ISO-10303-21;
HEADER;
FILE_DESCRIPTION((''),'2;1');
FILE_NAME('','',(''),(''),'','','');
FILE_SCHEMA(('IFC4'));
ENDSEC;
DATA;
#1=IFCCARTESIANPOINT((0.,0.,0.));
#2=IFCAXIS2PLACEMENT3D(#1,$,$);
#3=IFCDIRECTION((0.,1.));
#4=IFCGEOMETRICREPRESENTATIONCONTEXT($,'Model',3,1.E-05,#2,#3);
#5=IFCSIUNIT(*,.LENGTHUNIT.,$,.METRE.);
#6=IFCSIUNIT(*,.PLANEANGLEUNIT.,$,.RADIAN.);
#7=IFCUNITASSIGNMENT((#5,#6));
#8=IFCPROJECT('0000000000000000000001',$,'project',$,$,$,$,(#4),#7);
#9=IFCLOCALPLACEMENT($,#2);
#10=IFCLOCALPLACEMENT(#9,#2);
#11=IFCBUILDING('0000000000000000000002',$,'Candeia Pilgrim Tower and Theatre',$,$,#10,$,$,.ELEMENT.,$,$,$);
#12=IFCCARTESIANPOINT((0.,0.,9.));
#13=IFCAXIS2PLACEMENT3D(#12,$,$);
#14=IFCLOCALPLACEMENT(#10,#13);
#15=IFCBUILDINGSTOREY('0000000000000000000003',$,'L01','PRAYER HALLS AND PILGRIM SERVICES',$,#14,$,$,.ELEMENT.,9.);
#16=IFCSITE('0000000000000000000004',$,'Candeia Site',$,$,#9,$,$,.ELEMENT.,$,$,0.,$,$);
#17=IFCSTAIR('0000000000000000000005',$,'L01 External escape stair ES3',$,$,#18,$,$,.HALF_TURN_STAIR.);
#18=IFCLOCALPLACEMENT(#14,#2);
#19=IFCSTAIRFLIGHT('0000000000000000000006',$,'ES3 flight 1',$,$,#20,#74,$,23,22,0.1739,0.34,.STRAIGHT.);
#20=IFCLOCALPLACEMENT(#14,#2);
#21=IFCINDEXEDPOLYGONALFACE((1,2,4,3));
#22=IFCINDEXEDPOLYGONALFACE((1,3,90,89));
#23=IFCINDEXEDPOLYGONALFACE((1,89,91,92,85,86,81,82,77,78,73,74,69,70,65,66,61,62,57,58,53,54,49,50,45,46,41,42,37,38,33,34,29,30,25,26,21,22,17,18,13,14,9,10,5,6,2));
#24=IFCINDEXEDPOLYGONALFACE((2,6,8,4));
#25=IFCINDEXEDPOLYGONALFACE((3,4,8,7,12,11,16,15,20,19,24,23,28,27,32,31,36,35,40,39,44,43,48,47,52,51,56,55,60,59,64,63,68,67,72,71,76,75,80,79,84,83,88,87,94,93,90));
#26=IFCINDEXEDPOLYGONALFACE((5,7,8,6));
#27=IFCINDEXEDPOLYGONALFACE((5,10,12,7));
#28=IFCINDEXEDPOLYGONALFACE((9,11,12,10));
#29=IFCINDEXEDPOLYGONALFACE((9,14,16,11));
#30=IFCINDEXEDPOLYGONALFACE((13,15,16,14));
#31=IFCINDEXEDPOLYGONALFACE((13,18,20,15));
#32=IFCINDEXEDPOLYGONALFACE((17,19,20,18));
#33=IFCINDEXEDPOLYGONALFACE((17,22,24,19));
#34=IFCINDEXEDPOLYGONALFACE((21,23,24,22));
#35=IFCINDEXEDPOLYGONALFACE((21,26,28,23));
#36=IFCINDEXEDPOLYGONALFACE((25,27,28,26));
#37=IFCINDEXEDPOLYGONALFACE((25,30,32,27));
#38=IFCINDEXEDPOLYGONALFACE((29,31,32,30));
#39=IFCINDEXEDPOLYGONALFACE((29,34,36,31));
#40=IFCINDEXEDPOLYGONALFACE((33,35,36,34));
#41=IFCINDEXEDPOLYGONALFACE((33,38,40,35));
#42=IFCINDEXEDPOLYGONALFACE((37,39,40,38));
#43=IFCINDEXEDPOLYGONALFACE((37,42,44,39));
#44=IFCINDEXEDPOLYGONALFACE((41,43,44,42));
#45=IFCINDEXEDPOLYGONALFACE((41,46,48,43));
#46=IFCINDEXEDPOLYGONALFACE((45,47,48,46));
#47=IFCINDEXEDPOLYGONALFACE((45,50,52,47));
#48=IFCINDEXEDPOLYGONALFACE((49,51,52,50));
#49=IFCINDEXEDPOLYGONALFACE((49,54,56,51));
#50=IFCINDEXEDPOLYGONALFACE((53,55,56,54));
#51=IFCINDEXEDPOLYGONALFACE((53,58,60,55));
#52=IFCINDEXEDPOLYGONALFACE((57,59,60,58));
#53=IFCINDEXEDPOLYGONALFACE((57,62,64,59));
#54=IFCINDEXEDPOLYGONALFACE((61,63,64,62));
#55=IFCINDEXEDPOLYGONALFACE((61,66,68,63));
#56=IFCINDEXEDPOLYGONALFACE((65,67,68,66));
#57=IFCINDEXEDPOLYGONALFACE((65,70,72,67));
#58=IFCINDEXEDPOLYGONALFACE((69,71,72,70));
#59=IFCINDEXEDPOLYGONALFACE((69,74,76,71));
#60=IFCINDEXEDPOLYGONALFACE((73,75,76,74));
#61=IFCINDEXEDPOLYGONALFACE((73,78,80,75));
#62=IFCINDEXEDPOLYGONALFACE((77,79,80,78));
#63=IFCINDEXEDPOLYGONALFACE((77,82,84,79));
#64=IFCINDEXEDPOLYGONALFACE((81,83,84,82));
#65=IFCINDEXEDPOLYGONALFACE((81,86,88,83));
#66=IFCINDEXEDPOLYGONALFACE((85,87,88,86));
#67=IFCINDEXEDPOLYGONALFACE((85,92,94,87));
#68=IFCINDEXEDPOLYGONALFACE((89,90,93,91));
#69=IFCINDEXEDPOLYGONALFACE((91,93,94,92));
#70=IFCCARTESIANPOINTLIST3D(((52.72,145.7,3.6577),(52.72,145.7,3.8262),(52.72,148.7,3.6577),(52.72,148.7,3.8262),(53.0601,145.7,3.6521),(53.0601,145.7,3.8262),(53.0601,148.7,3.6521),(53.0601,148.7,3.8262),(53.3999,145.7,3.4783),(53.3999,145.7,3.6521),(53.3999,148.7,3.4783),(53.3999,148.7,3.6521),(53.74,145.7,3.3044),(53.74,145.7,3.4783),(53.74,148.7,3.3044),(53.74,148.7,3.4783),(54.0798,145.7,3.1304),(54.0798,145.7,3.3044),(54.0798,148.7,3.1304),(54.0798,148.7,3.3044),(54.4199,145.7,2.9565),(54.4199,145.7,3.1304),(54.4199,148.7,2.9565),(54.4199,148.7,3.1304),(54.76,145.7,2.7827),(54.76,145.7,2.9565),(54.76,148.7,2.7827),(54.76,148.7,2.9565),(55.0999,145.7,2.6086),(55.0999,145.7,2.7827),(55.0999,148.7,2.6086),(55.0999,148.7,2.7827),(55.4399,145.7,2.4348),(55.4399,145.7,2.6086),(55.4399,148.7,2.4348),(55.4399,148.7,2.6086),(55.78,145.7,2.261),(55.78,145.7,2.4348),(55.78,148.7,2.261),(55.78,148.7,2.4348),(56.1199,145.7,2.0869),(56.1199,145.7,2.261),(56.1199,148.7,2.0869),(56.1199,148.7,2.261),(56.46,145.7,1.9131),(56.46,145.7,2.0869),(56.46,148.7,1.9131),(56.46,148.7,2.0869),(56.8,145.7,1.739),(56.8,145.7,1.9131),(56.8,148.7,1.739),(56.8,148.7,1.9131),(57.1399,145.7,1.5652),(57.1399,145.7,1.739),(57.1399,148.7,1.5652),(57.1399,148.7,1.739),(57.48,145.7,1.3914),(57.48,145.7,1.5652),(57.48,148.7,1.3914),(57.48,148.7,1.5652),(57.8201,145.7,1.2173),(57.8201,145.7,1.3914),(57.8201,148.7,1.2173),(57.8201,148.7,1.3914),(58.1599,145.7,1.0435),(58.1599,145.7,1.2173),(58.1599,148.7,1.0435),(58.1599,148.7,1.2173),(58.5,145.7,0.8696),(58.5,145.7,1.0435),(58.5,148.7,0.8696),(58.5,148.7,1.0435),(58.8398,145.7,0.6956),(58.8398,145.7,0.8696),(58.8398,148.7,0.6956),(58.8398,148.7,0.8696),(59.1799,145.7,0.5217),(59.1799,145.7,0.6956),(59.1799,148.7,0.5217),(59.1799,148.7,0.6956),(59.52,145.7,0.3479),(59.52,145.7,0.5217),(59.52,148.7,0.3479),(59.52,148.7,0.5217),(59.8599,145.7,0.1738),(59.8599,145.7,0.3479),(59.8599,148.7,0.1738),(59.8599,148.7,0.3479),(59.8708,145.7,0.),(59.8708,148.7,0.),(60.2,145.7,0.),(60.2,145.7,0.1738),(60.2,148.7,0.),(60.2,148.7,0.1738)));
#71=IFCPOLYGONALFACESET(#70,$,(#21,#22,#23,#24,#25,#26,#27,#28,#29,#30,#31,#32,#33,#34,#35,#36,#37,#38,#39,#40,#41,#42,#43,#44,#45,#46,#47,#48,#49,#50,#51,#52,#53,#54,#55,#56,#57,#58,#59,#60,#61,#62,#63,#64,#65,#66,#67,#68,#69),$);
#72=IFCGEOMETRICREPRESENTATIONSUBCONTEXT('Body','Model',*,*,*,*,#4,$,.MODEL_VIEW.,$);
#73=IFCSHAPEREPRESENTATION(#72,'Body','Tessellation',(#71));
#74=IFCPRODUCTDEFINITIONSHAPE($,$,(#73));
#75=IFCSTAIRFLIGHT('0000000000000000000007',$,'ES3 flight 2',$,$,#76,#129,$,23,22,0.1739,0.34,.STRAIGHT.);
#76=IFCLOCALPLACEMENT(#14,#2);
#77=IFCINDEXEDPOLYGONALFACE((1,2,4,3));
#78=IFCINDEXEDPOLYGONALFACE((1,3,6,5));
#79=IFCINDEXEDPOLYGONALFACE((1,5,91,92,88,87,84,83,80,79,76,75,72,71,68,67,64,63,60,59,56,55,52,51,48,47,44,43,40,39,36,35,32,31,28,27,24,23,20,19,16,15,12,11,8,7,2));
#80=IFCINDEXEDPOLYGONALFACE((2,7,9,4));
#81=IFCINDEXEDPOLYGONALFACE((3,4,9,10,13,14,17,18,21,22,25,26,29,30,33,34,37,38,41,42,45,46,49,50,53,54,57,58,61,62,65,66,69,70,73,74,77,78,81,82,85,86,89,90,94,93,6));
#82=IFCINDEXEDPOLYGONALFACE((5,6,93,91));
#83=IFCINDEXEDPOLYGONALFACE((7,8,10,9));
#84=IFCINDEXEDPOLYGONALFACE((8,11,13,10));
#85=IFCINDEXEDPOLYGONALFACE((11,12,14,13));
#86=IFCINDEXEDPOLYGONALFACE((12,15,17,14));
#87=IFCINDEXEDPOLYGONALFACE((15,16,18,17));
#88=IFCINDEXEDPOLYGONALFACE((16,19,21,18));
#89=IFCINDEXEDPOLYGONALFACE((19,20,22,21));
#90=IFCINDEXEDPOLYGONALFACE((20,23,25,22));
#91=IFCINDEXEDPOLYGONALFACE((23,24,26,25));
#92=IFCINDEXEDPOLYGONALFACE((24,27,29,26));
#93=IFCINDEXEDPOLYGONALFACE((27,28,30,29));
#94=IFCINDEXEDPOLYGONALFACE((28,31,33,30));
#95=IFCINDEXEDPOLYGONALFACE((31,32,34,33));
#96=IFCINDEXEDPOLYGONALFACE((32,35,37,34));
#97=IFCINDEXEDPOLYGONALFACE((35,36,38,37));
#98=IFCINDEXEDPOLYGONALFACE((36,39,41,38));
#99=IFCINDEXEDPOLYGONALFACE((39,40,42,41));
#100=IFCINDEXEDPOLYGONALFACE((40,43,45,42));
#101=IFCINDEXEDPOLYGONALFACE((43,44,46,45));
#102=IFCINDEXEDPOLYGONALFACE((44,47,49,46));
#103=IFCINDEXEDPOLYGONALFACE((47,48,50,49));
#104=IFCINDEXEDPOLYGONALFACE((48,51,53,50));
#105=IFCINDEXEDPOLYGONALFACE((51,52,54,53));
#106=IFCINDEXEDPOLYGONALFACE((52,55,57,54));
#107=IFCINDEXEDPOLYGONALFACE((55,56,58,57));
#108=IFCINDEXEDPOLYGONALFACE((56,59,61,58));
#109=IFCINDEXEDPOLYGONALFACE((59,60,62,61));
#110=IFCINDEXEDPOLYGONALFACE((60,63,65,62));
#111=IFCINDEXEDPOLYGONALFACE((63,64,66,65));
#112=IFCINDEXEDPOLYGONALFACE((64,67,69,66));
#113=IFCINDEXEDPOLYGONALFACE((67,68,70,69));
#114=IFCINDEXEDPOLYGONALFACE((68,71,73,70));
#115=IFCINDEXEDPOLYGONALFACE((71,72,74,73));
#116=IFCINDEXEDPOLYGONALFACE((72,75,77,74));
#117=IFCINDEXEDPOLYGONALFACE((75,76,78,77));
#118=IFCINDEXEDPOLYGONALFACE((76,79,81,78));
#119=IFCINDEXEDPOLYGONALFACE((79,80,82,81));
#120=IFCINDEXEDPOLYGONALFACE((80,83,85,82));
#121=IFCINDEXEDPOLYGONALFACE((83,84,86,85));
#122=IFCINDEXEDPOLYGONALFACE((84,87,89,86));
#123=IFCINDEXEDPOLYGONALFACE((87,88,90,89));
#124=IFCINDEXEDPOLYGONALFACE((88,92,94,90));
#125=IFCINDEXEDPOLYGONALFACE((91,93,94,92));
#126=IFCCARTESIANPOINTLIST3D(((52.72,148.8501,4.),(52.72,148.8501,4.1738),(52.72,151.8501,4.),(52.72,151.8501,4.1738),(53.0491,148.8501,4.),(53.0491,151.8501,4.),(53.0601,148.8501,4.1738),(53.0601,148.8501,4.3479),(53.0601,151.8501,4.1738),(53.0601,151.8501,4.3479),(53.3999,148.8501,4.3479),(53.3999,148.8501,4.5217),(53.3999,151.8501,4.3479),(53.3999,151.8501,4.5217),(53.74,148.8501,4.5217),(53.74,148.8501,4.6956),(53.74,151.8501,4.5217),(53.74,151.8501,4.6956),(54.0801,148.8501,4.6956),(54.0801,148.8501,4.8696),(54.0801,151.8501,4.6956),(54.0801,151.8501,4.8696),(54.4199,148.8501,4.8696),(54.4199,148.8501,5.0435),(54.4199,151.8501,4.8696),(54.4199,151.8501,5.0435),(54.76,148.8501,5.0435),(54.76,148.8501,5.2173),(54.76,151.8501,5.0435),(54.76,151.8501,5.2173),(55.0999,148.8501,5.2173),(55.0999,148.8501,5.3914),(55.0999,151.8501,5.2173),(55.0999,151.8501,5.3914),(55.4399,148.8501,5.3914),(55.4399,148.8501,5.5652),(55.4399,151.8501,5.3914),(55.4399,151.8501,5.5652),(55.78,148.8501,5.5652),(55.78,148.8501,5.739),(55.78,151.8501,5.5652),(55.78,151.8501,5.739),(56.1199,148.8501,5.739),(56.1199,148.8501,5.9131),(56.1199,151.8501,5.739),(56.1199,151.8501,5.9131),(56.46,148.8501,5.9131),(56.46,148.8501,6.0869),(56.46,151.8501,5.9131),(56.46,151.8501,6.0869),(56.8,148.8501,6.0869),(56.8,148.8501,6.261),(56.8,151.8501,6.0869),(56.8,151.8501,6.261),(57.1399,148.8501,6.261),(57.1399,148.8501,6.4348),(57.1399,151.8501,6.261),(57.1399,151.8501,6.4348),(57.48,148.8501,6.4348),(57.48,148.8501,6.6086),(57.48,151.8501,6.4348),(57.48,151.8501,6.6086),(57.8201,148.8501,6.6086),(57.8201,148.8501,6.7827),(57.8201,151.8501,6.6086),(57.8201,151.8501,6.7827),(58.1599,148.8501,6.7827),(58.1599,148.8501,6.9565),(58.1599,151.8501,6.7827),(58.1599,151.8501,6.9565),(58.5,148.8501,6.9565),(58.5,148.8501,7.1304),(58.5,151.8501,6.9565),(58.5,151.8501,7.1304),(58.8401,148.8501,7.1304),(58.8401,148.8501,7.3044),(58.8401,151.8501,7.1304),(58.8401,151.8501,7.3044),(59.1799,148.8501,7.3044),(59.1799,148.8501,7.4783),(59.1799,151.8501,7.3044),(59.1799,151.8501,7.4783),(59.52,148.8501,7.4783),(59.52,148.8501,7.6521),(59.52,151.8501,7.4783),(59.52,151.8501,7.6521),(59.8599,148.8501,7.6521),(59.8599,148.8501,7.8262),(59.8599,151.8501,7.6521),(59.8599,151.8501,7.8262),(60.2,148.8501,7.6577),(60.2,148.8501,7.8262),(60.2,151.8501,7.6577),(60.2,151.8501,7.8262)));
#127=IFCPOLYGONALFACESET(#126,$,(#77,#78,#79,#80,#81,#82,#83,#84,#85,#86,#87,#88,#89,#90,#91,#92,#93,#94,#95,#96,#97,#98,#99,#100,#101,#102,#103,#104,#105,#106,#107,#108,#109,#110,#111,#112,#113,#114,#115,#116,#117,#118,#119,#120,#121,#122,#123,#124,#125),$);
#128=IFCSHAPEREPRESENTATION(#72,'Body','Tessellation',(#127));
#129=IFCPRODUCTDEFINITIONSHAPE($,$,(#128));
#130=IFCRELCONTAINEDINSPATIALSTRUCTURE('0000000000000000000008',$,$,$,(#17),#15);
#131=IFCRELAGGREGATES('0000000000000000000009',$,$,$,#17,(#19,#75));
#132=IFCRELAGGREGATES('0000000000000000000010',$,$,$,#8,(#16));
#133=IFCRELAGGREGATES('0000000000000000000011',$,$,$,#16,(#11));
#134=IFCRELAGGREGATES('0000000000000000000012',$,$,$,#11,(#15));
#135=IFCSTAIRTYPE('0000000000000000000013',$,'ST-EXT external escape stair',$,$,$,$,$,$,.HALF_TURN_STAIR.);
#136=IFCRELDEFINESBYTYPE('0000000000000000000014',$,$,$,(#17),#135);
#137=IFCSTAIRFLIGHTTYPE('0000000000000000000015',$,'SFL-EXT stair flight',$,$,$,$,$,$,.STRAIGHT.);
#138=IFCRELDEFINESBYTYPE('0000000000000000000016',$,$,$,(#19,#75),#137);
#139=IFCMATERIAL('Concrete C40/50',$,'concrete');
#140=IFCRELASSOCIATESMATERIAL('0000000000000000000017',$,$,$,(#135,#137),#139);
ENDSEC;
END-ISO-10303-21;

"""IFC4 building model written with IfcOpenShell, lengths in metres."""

from ifc_helpers import new_model, si_unit, direction, frame, origin, place, context, subcontext, project, spatial, polyline, outline, extrude, material, type_object, element, aggregate, save


model = new_model("IFC4")

# Units and contexts
model_context = context("Model", 3, precision=1e-05, world=origin(), true_north=direction((0.0, 1.0)))
body_context = subcontext(model_context, "Body", "Model", "MODEL_VIEW")
ifc_project = project(units=[si_unit("LENGTHUNIT", "METRE"), si_unit("PLANEANGLEUNIT", "RADIAN")], contexts=[model_context])

# Site, building, storey
site_placement = place(None, origin())
site = spatial("IfcSite", under=ifc_project, at=site_placement, Name="Candeia Site", CompositionType="ELEMENT", RefElevation=0.0)
building_placement = place(site_placement, origin())
building = spatial("IfcBuilding", under=site, at=building_placement, Name="Candeia Pilgrim Tower and Theatre", CompositionType="ELEMENT")
storey_placement = place(building_placement, frame((0.0, 0.0, 9.0)))
storey = spatial("IfcBuildingStorey", under=building, at=storey_placement, Name="L01", Description="PRAYER HALLS AND PILGRIM SERVICES", CompositionType="ELEMENT", Elevation=9.0)

# Shared definitions
ifc_material_1 = material(Name="Concrete C40/50", Category="concrete")

# Stair, stair flights
stair_type = type_object("IfcStairType", Name="ST-EXT external escape stair", PredefinedType="HALF_TURN_STAIR", material=ifc_material_1)
stair_placement = place(storey_placement, origin())
stair = element("IfcStair", 1, at=stair_placement, inside=storey, type_object=stair_type, Name="L01 External escape stair ES3", PredefinedType="HALF_TURN_STAIR")
stair_flight_type = type_object("IfcStairFlightType", Name="SFL-EXT stair flight", PredefinedType="STRAIGHT", material=ifc_material_1)
stair_flight_1_placement = place(storey_placement, frame((60.2, 147.2, 0.0), z_axis=(0.0, 0.0, 1.0), x_axis=(-1.0, 0.0, 0.0)))
stair_flight_1 = element("IfcStairFlight", 2, at=stair_flight_1_placement, type_object=stair_flight_type, Name="ES3 flight 1", NumberOfRisers=23, NumberOfTreads=22, PredefinedType="STRAIGHT", RiserHeight=0.1739, TreadLength=0.34, context=body_context, shape_type="SweptSolid", body=[
    extrude(outline(polyline([(0.0, 0.0), (0.0, 0.1738), (0.3401, 0.1738), (0.3401, 0.3479), (0.6799, 0.3479), (0.6799, 0.5217), (1.02, 0.5217), (1.02, 0.6956), (1.3601, 0.6956), (1.3601, 0.8696), (1.7, 0.8696), (1.7, 1.0435), (2.04, 1.0435), (2.04, 1.2173), (2.3799, 1.2173), (2.3799, 1.3914), (2.72, 1.3914), (2.72, 1.5652), (3.0601, 1.5652), (3.0601, 1.739), (3.3999, 1.739), (3.3999, 1.9131), (3.74, 1.9131), (3.74, 2.0869), (4.0801, 2.0869), (4.0801, 2.261), (4.4199, 2.261), (4.4199, 2.4348), (4.76, 2.4348), (4.76, 2.6086), (5.1001, 2.6086), (5.1001, 2.7827), (5.4399, 2.7827), (5.4399, 2.9565), (5.78, 2.9565), (5.78, 3.1304), (6.1201, 3.1304), (6.1201, 3.3044), (6.46, 3.3044), (6.46, 3.4783), (6.8, 3.4783), (6.8, 3.6521), (7.1399, 3.6521), (7.1399, 3.8262), (7.48, 3.8262), (7.48, 4.0), (7.48, 3.6577), (0.3291, 0.0), (0.0, 0.0)])), frame((0.0, 1.5, 0.0), z_axis=(0.0, -1.0, 0.0), x_axis=(1.0, 0.0, 0.0)), (0.0, 0.0, 1.0), 3.0),
])
stair_flight_2_placement = place(storey_placement, frame((52.72, 150.3501, 4.0), z_axis=(0.0, 0.0, 1.0), x_axis=(1.0, 0.0, 0.0)))
stair_flight_2 = element("IfcStairFlight", 3, at=stair_flight_2_placement, type_object=stair_flight_type, Name="ES3 flight 2", NumberOfRisers=23, NumberOfTreads=22, PredefinedType="STRAIGHT", RiserHeight=0.1739, TreadLength=0.34, context=body_context, shape_type="SweptSolid", body=[
    extrude(outline(polyline([(0.0, 0.0), (0.0, 0.1738), (0.3401, 0.1738), (0.3401, 0.3479), (0.6799, 0.3479), (0.6799, 0.5217), (1.02, 0.5217), (1.02, 0.6956), (1.3601, 0.6956), (1.3601, 0.8696), (1.7, 0.8696), (1.7, 1.0435), (2.04, 1.0435), (2.04, 1.2173), (2.3799, 1.2173), (2.3799, 1.3914), (2.72, 1.3914), (2.72, 1.5652), (3.0601, 1.5652), (3.0601, 1.739), (3.3999, 1.739), (3.3999, 1.9131), (3.74, 1.9131), (3.74, 2.0869), (4.0801, 2.0869), (4.0801, 2.261), (4.4199, 2.261), (4.4199, 2.4348), (4.76, 2.4348), (4.76, 2.6086), (5.1001, 2.6086), (5.1001, 2.7827), (5.4399, 2.7827), (5.4399, 2.9565), (5.78, 2.9565), (5.78, 3.1304), (6.1201, 3.1304), (6.1201, 3.3044), (6.46, 3.3044), (6.46, 3.4783), (6.8, 3.4783), (6.8, 3.6521), (7.1399, 3.6521), (7.1399, 3.8262), (7.48, 3.8262), (7.48, 4.0), (7.48, 3.6577), (0.3291, 0.0), (0.0, 0.0)])), frame((0.0, 1.5, 0.0), z_axis=(0.0, -1.0, 0.0), x_axis=(1.0, 0.0, 0.0)), (0.0, 0.0, 1.0), 3.0),
])
aggregate(stair, [stair_flight_1, stair_flight_2])

save(model, "model.ifc")
